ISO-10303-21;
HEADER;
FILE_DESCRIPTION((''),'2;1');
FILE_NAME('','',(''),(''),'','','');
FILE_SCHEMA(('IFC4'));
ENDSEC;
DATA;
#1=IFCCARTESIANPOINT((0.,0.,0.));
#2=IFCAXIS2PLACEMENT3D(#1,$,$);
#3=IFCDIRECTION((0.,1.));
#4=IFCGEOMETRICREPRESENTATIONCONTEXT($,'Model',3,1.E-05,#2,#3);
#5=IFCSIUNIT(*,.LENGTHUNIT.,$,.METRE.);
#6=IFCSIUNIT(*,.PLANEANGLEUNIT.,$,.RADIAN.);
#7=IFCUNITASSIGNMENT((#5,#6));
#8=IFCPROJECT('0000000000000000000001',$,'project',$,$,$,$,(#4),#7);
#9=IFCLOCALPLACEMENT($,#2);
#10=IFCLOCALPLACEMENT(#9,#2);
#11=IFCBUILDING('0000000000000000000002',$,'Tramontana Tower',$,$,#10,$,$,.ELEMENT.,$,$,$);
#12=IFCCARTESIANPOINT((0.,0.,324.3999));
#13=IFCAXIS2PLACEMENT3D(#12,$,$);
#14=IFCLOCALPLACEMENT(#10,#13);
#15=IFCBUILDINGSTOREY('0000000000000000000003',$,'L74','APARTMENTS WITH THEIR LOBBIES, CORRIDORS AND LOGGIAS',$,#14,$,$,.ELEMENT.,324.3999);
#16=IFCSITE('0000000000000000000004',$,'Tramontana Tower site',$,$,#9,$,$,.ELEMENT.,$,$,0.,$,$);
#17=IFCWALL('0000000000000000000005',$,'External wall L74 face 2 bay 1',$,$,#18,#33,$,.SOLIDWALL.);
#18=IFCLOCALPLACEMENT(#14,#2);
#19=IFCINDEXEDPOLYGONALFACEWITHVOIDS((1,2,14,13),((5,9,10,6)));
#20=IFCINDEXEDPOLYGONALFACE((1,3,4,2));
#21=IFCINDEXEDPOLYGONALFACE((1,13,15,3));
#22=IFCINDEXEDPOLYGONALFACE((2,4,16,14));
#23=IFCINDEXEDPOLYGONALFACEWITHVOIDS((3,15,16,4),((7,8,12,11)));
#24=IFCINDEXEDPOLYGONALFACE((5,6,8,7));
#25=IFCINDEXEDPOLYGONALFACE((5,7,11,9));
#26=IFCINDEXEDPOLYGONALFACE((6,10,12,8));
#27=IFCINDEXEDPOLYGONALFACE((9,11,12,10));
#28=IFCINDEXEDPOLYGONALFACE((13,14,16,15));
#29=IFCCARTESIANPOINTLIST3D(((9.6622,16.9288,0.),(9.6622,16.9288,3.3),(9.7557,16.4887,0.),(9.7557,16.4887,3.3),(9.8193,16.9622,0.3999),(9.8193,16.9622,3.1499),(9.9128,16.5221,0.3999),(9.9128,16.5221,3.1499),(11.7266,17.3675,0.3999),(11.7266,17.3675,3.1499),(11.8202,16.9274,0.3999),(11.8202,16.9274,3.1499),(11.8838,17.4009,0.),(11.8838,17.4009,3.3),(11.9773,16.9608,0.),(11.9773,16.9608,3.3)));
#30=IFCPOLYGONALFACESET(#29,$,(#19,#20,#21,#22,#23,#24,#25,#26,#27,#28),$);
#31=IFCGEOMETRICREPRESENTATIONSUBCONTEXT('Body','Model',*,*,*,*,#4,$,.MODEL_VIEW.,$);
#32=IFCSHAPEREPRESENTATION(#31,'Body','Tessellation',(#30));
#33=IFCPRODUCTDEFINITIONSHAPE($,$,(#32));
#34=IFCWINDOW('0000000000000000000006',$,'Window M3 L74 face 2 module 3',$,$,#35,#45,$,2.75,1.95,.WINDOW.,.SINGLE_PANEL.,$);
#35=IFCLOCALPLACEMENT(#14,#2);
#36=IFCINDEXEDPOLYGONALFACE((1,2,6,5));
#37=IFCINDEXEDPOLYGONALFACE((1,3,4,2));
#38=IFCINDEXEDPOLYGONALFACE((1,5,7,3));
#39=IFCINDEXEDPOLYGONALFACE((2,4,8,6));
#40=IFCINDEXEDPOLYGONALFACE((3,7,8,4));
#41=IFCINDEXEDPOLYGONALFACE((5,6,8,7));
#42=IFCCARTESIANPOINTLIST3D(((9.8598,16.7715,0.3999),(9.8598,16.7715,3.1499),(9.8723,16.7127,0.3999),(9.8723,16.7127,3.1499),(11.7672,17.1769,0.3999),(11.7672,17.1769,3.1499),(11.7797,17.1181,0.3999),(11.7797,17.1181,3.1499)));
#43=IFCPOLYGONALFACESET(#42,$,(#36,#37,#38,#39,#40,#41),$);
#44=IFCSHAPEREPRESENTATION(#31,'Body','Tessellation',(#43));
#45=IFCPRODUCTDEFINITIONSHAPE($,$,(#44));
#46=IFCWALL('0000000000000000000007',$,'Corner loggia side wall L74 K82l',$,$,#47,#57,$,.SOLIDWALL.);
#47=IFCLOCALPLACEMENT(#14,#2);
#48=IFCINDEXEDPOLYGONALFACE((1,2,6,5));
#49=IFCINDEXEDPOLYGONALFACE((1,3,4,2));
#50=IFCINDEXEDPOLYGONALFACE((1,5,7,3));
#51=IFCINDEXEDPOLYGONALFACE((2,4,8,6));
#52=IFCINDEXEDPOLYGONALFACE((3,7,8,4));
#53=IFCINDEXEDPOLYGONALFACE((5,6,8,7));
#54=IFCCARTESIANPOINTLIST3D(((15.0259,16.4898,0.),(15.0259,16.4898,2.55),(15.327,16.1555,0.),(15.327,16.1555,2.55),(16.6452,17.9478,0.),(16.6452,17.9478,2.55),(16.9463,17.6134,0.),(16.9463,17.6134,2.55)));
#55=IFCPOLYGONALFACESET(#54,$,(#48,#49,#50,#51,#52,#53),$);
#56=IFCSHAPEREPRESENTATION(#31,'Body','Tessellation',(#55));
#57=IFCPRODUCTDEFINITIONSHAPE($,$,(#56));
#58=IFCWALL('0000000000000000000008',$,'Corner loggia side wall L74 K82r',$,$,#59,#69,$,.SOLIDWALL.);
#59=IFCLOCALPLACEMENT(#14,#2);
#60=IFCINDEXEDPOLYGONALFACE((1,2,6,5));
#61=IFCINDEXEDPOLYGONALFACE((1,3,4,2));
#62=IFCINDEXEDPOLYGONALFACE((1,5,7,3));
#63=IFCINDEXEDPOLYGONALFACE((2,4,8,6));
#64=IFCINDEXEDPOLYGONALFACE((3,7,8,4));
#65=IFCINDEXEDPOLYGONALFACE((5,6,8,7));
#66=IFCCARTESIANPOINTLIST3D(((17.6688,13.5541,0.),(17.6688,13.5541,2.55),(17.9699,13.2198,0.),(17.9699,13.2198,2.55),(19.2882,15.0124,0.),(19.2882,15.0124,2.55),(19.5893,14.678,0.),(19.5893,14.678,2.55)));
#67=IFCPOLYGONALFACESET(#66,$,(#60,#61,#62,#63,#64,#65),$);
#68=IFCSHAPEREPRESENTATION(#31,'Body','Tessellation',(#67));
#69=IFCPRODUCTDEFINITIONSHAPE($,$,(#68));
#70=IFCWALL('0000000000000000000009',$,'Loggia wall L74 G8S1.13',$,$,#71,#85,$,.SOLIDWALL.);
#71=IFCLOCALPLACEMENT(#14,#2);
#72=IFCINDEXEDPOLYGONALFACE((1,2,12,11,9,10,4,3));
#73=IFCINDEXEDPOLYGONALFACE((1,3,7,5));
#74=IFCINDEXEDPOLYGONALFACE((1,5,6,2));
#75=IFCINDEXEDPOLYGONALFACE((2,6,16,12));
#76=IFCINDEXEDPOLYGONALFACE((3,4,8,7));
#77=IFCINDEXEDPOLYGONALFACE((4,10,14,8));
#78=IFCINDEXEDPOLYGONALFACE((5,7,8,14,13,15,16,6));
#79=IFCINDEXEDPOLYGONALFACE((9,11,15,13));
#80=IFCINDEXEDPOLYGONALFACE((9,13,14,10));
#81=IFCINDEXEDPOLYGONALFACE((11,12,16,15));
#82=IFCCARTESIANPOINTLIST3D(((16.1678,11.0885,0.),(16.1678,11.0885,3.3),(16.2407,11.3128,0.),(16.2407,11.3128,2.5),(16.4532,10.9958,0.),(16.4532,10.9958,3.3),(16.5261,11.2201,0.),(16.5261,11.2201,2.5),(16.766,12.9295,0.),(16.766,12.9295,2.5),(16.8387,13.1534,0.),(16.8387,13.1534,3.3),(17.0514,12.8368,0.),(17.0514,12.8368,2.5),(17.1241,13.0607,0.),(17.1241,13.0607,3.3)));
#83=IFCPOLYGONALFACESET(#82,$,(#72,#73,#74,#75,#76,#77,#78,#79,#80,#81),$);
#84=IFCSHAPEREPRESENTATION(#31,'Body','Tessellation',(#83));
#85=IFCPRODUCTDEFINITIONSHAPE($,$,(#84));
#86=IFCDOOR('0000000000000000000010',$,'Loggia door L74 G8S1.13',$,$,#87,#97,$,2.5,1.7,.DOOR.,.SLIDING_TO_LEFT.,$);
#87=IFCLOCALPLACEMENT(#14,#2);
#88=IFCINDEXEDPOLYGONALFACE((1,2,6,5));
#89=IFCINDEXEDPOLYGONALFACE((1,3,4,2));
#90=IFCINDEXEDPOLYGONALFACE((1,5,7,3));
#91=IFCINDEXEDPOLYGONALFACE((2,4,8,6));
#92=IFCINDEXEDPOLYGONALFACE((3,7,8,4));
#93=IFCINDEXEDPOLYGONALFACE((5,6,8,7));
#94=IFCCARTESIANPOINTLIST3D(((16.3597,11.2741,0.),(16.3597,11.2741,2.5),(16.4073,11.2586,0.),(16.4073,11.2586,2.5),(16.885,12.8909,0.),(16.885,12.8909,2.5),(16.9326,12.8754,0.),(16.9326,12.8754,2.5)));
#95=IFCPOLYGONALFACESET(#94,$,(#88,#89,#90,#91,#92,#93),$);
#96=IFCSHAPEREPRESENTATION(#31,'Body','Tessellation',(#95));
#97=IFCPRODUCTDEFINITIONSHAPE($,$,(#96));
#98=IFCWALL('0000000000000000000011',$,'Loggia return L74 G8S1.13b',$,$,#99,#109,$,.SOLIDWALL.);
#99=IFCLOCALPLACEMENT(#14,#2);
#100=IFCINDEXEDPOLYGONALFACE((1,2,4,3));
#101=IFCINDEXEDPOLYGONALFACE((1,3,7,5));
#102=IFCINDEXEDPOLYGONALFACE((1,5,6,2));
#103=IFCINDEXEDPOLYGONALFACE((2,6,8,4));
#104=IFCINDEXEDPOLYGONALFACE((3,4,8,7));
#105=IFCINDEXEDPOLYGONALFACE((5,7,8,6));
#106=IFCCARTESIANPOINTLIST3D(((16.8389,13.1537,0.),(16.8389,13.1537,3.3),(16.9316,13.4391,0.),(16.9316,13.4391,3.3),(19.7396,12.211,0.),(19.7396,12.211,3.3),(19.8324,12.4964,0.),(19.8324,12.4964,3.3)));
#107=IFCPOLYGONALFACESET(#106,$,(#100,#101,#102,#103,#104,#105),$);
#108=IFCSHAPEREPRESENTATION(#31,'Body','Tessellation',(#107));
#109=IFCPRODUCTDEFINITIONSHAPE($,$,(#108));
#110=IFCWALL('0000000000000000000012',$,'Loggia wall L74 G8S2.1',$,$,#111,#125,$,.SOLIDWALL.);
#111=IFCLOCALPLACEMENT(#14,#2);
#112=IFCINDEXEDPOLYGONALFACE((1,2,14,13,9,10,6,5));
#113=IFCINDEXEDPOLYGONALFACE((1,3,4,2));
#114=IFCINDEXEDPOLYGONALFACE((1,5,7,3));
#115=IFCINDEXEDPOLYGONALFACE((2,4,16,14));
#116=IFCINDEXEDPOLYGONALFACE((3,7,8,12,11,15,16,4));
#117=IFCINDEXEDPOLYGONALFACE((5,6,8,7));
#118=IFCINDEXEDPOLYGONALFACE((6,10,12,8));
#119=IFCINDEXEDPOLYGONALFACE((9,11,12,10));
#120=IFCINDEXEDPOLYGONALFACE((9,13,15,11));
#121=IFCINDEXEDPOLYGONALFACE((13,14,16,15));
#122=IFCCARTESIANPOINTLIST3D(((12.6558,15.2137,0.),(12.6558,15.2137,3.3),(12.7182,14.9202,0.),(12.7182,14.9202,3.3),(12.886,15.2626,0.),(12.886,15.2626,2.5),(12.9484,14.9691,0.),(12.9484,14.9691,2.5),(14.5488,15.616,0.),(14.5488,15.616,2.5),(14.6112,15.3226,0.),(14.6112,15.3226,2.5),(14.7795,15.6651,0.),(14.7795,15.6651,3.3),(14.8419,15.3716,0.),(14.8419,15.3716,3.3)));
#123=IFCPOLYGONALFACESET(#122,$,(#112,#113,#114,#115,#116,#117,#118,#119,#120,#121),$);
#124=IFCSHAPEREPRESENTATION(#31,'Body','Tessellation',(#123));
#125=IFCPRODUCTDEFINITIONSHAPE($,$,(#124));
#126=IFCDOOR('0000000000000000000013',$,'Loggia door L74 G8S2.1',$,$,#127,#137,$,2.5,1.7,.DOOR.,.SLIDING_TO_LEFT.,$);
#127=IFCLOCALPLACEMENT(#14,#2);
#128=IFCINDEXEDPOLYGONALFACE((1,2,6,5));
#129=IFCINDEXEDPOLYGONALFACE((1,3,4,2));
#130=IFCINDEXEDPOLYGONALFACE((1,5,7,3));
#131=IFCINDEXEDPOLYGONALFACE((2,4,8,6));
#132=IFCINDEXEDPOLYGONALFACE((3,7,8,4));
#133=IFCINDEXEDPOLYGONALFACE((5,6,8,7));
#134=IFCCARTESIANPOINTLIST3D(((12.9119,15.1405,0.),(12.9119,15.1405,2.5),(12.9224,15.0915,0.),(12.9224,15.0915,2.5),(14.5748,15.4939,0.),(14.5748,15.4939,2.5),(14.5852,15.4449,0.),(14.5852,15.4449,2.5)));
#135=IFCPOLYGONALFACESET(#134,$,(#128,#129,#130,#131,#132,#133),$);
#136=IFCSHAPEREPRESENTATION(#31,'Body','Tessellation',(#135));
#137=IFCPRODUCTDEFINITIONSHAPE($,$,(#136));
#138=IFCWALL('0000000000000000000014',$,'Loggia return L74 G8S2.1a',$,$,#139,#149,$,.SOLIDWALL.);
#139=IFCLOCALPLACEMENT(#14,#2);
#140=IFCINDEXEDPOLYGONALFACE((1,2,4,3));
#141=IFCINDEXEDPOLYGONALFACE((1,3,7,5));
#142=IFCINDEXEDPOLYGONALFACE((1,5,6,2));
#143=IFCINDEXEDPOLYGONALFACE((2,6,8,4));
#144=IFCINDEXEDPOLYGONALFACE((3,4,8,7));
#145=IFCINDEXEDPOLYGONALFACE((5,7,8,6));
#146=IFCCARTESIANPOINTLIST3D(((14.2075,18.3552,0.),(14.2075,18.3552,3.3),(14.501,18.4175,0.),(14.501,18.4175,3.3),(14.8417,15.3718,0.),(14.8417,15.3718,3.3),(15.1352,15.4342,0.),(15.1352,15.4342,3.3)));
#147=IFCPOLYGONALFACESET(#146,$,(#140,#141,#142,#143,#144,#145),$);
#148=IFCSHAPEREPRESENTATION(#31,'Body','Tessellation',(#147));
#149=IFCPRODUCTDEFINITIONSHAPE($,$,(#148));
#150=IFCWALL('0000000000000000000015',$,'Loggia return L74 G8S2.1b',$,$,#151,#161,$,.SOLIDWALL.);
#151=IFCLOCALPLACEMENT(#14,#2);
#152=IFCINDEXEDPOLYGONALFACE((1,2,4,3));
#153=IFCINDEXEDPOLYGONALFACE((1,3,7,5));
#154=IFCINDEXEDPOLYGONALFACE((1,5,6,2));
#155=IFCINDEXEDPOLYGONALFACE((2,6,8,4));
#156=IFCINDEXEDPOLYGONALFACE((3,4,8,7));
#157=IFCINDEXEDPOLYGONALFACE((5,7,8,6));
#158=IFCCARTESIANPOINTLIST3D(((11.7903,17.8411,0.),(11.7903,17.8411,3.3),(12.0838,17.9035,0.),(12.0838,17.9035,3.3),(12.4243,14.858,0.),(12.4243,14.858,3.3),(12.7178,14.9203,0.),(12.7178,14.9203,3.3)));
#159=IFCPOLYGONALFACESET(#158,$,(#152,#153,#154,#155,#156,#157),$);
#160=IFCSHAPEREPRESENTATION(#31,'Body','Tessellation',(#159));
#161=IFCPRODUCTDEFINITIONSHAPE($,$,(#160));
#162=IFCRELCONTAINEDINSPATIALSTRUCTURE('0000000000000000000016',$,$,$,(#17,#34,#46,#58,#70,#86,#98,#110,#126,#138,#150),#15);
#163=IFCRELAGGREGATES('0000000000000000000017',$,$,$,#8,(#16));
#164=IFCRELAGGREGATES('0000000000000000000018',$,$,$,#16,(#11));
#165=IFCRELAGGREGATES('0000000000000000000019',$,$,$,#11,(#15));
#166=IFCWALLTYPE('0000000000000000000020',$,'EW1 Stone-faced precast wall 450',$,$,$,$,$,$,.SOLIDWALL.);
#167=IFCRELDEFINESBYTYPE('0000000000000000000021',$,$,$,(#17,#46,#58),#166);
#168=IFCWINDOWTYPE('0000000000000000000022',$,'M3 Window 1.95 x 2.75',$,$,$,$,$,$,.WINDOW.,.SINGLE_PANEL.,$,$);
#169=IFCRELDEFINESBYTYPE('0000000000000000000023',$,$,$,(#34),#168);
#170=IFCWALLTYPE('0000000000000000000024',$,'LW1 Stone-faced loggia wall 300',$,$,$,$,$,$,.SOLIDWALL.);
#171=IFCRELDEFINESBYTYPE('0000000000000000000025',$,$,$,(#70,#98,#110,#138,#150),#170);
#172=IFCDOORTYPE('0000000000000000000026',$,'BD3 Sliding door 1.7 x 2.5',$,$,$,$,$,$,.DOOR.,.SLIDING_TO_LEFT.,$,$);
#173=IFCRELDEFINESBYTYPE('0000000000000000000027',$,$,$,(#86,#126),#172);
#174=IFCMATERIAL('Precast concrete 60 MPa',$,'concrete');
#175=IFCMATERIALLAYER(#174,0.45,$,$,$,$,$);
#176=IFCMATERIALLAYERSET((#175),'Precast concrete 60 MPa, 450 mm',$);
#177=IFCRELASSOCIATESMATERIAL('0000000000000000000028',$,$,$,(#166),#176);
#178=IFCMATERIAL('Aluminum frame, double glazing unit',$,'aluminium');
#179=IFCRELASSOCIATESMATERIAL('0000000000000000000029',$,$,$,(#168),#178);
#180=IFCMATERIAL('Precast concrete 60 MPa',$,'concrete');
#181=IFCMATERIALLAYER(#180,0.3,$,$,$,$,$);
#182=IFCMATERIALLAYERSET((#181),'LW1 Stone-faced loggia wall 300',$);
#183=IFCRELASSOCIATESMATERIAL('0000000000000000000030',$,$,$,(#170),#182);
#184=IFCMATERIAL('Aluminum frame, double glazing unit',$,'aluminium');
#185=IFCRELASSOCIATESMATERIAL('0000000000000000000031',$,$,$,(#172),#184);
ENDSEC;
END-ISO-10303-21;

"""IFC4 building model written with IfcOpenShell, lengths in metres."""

from ifc_helpers import new_model, si_unit, direction, frame, frame_2d, origin, place, context, subcontext, project, spatial, rectangle, extrude, material, layer, layer_set, type_object, element, fill, save


model = new_model("IFC4")

# Units and contexts
model_context = context("Model", 3, precision=1e-05, world=origin(), true_north=direction((0.0, 1.0)))
body_context = subcontext(model_context, "Body", "Model", "MODEL_VIEW")
ifc_project = project(units=[si_unit("LENGTHUNIT", "METRE"), si_unit("PLANEANGLEUNIT", "RADIAN")], contexts=[model_context])

# Site, building, storey
site_placement = place(None, origin())
site = spatial("IfcSite", under=ifc_project, at=site_placement, Name="Tramontana Tower site", CompositionType="ELEMENT", RefElevation=0.0)
building_placement = place(site_placement, origin())
building = spatial("IfcBuilding", under=site, at=building_placement, Name="Tramontana Tower", CompositionType="ELEMENT")
storey_placement = place(building_placement, frame((0.0, 0.0, 324.3999)))
storey = spatial("IfcBuildingStorey", under=building, at=storey_placement, Name="L74", Description="APARTMENTS WITH THEIR LOBBIES, CORRIDORS AND LOGGIAS", CompositionType="ELEMENT", Elevation=324.3999)

# Wall, opening, window
ifc_material_1 = material(Name="Precast concrete 60 MPa", Category="concrete")
ifc_layer_1 = layer(ifc_material_1, 0.45)
ifc_layer_set_1 = layer_set([ifc_layer_1], Name="Precast concrete 60 MPa, 450 mm")
wall_type_1 = type_object("IfcWallType", Name="EW1 Stone-faced precast wall 450", PredefinedType="SOLIDWALL", material=ifc_layer_set_1)
wall_1_placement = place(storey_placement, frame((11.9307, 17.1809, 0.0), z_axis=(0.0, 0.0, 1.0), x_axis=(-0.978153, -0.207884, 0.0)))
wall_1 = element("IfcWall", 1, at=wall_1_placement, inside=storey, type_object=wall_type_1, Name="External wall L74 face 2 bay 1", PredefinedType="SOLIDWALL", context=body_context, shape_type="SweptSolid", body=[
    extrude(rectangle(XDim=2.2712, YDim=0.45, at=frame_2d((1.1357, 0.0))), origin(), (0.0, 0.0, 1.0), 3.3),
])
opening_1_placement = place(wall_1_placement, frame((0.1606, 0.0, 0.3999)))
opening_1 = element("IfcOpeningElement", 2, at=opening_1_placement, cuts=wall_1, PredefinedType="OPENING", context=body_context, shape_type="SweptSolid", body=[
    extrude(rectangle(XDim=1.95, YDim=2.75, at=frame_2d((0.9751, 1.375))), frame((0.0, 0.2349, 0.0), z_axis=(0.0, -1.0, 0.0), x_axis=(1.0, 0.0, 0.0)), (0.0, 0.0, 1.0), 0.47),
])
ifc_material_2 = material(Name="Aluminum frame, double glazing unit", Category="aluminium")
window_type_1 = type_object("IfcWindowType", Name="M3 Window 1.95 x 2.75", PartitioningType="SINGLE_PANEL", PredefinedType="WINDOW", material=ifc_material_2)
window_1_placement = place(opening_1_placement, origin())
window_1 = element("IfcWindow", 3, at=window_1_placement, inside=storey, type_object=window_type_1, Name="Window M3 L74 face 2 module 3", OverallHeight=2.75, OverallWidth=1.95, PartitioningType="SINGLE_PANEL", PredefinedType="WINDOW", context=body_context, shape_type="SweptSolid", body=[
    extrude(rectangle(XDim=1.95, YDim=2.75, at=frame_2d((0.9751, 1.375))), frame((0.0, 0.03, 0.0), z_axis=(0.0, -1.0, 0.0), x_axis=(1.0, 0.0, 0.0)), (0.0, 0.0, 1.0), 0.0601),
])
fill(opening_1, window_1)

# Walls
wall_2_placement = place(storey_placement, frame((16.7957, 17.7805, 0.0), z_axis=(0.0, 0.0, 1.0), x_axis=(-0.743166, -0.669107, 0.0)))
element("IfcWall", 4, at=wall_2_placement, inside=storey, type_object=wall_type_1, Name="Corner loggia side wall L74 K82l", PredefinedType="SOLIDWALL", context=body_context, shape_type="SweptSolid", body=[
    extrude(rectangle(XDim=2.179, YDim=0.45, at=frame_2d((1.0894, 0.0))), origin(), (0.0, 0.0, 1.0), 2.55),
])
wall_3_placement = place(storey_placement, frame((19.4387, 14.8452, 0.0), z_axis=(0.0, 0.0, 1.0), x_axis=(-0.74311, -0.669169, 0.0)))
element("IfcWall", 5, at=wall_3_placement, inside=storey, type_object=wall_type_1, Name="Corner loggia side wall L74 K82r", PredefinedType="SOLIDWALL", context=body_context, shape_type="SweptSolid", body=[
    extrude(rectangle(XDim=2.1792, YDim=0.45, at=frame_2d((1.0896, 0.0))), origin(), (0.0, 0.0, 1.0), 2.55),
])

# Wall, opening, door
ifc_material_3 = material(Name="Precast concrete 60 MPa", Category="concrete")
ifc_layer_2 = layer(ifc_material_3, 0.3)
ifc_layer_set_2 = layer_set([ifc_layer_2], Name="LW1 Stone-faced loggia wall 300")
wall_type_2 = type_object("IfcWallType", Name="LW1 Stone-faced loggia wall 300", PredefinedType="SOLIDWALL", material=ifc_layer_set_2)
wall_4_placement = place(storey_placement, frame((16.3105, 11.0422, 0.0), z_axis=(0.0, 0.0, 1.0), x_axis=(0.309, 0.951062, 0.0)))
wall_4 = element("IfcWall", 6, at=wall_4_placement, inside=storey, type_object=wall_type_2, Name="Loggia wall L74 G8S1.13", PredefinedType="SOLIDWALL", context=body_context, shape_type="SweptSolid", body=[
    extrude(rectangle(XDim=2.1711, YDim=0.3, at=frame_2d((1.0854, 0.0))), origin(), (0.0, 0.0, 1.0), 3.3),
])
opening_2_placement = place(wall_4_placement, frame((0.2356, 0.0, 0.0)))
opening_2 = element("IfcOpeningElement", 7, at=opening_2_placement, cuts=wall_4, PredefinedType="OPENING", context=body_context, shape_type="SweptSolid", body=[
    extrude(rectangle(XDim=1.7, YDim=2.5, at=frame_2d((0.8501, 1.25))), frame((0.0, 0.1599, 0.0), z_axis=(0.0, -1.0, 0.0), x_axis=(1.0, 0.0, 0.0)), (0.0, 0.0, 1.0), 0.3201),
])
ifc_material_4 = material(Name="Aluminum frame, double glazing unit", Category="aluminium")
door_type_1 = type_object("IfcDoorType", Name="BD3 Sliding door 1.7 x 2.5", OperationType="SLIDING_TO_LEFT", PredefinedType="DOOR", material=ifc_material_4)
door_1_placement = place(opening_2_placement, origin())
door_1 = element("IfcDoor", 8, at=door_1_placement, inside=storey, type_object=door_type_1, Name="Loggia door L74 G8S1.13", OperationType="SLIDING_TO_LEFT", OverallHeight=2.5, OverallWidth=1.7, PredefinedType="DOOR", context=body_context, shape_type="SweptSolid", body=[
    extrude(rectangle(XDim=1.7, YDim=2.5, at=frame_2d((0.8501, 1.25))), frame((0.0, 0.0249, 0.0), z_axis=(0.0, -1.0, 0.0), x_axis=(1.0, 0.0, 0.0)), (0.0, 0.0, 1.0), 0.05),
])
fill(opening_2, door_1)

# Wall
wall_5_placement = place(storey_placement, frame((19.7859, 12.3538, 0.0), z_axis=(0.0, 0.0, 1.0), x_axis=(-0.951042, 0.309063, 0.0)))
element("IfcWall", 9, at=wall_5_placement, inside=storey, type_object=wall_type_2, Name="Loggia return L74 G8S1.13b", PredefinedType="SOLIDWALL", context=body_context, shape_type="SweptSolid", body=[
    extrude(rectangle(XDim=3.05, YDim=0.3, at=frame_2d((1.5249, 0.0))), origin(), (0.0, 0.0, 1.0), 3.3),
])

# Wall, opening, door
wall_6_placement = place(storey_placement, frame((14.8105, 15.5183, 0.0), z_axis=(0.0, 0.0, 1.0), x_axis=(-0.978148, -0.207909, 0.0)))
wall_6 = element("IfcWall", 10, at=wall_6_placement, inside=storey, type_object=wall_type_2, Name="Loggia wall L74 G8S2.1", PredefinedType="SOLIDWALL", context=body_context, shape_type="SweptSolid", body=[
    extrude(rectangle(XDim=2.1711, YDim=0.3, at=frame_2d((1.0854, 0.0))), origin(), (0.0, 0.0, 1.0), 3.3),
])
opening_3_placement = place(wall_6_placement, frame((0.2356, 0.0, 0.0)))
opening_3 = element("IfcOpeningElement", 11, at=opening_3_placement, cuts=wall_6, PredefinedType="OPENING", context=body_context, shape_type="SweptSolid", body=[
    extrude(rectangle(XDim=1.7, YDim=2.5, at=frame_2d((0.8501, 1.25))), frame((0.0, 0.1599, 0.0), z_axis=(0.0, -1.0, 0.0), x_axis=(1.0, 0.0, 0.0)), (0.0, 0.0, 1.0), 0.3201),
])
door_2_placement = place(opening_3_placement, origin())
door_2 = element("IfcDoor", 12, at=door_2_placement, inside=storey, type_object=door_type_1, Name="Loggia door L74 G8S2.1", OperationType="SLIDING_TO_LEFT", OverallHeight=2.5, OverallWidth=1.7, PredefinedType="DOOR", context=body_context, shape_type="SweptSolid", body=[
    extrude(rectangle(XDim=1.7, YDim=2.5, at=frame_2d((0.8501, 1.25))), frame((0.0, 0.0249, 0.0), z_axis=(0.0, -1.0, 0.0), x_axis=(1.0, 0.0, 0.0)), (0.0, 0.0, 1.0), 0.05),
])
fill(opening_3, door_2)

# Walls
wall_7_placement = place(storey_placement, frame((14.3542, 18.3862, 0.0), z_axis=(0.0, 0.0, 1.0), x_axis=(0.207954, -0.978139, 0.0)))
element("IfcWall", 13, at=wall_7_placement, inside=storey, type_object=wall_type_2, Name="Loggia return L74 G8S2.1a", PredefinedType="SOLIDWALL", context=body_context, shape_type="SweptSolid", body=[
    extrude(rectangle(XDim=3.05, YDim=0.3, at=frame_2d((1.5249, 0.0))), origin(), (0.0, 0.0, 1.0), 3.3),
])
wall_8_placement = place(storey_placement, frame((11.937, 17.8723, 0.0), z_axis=(0.0, 0.0, 1.0), x_axis=(0.207894, -0.978151, 0.0)))
element("IfcWall", 14, at=wall_8_placement, inside=storey, type_object=wall_type_2, Name="Loggia return L74 G8S2.1b", PredefinedType="SOLIDWALL", context=body_context, shape_type="SweptSolid", body=[
    extrude(rectangle(XDim=3.0498, YDim=0.3, at=frame_2d((1.5249, 0.0))), origin(), (0.0, 0.0, 1.0), 3.3),
])

save(model, "model.ifc")
